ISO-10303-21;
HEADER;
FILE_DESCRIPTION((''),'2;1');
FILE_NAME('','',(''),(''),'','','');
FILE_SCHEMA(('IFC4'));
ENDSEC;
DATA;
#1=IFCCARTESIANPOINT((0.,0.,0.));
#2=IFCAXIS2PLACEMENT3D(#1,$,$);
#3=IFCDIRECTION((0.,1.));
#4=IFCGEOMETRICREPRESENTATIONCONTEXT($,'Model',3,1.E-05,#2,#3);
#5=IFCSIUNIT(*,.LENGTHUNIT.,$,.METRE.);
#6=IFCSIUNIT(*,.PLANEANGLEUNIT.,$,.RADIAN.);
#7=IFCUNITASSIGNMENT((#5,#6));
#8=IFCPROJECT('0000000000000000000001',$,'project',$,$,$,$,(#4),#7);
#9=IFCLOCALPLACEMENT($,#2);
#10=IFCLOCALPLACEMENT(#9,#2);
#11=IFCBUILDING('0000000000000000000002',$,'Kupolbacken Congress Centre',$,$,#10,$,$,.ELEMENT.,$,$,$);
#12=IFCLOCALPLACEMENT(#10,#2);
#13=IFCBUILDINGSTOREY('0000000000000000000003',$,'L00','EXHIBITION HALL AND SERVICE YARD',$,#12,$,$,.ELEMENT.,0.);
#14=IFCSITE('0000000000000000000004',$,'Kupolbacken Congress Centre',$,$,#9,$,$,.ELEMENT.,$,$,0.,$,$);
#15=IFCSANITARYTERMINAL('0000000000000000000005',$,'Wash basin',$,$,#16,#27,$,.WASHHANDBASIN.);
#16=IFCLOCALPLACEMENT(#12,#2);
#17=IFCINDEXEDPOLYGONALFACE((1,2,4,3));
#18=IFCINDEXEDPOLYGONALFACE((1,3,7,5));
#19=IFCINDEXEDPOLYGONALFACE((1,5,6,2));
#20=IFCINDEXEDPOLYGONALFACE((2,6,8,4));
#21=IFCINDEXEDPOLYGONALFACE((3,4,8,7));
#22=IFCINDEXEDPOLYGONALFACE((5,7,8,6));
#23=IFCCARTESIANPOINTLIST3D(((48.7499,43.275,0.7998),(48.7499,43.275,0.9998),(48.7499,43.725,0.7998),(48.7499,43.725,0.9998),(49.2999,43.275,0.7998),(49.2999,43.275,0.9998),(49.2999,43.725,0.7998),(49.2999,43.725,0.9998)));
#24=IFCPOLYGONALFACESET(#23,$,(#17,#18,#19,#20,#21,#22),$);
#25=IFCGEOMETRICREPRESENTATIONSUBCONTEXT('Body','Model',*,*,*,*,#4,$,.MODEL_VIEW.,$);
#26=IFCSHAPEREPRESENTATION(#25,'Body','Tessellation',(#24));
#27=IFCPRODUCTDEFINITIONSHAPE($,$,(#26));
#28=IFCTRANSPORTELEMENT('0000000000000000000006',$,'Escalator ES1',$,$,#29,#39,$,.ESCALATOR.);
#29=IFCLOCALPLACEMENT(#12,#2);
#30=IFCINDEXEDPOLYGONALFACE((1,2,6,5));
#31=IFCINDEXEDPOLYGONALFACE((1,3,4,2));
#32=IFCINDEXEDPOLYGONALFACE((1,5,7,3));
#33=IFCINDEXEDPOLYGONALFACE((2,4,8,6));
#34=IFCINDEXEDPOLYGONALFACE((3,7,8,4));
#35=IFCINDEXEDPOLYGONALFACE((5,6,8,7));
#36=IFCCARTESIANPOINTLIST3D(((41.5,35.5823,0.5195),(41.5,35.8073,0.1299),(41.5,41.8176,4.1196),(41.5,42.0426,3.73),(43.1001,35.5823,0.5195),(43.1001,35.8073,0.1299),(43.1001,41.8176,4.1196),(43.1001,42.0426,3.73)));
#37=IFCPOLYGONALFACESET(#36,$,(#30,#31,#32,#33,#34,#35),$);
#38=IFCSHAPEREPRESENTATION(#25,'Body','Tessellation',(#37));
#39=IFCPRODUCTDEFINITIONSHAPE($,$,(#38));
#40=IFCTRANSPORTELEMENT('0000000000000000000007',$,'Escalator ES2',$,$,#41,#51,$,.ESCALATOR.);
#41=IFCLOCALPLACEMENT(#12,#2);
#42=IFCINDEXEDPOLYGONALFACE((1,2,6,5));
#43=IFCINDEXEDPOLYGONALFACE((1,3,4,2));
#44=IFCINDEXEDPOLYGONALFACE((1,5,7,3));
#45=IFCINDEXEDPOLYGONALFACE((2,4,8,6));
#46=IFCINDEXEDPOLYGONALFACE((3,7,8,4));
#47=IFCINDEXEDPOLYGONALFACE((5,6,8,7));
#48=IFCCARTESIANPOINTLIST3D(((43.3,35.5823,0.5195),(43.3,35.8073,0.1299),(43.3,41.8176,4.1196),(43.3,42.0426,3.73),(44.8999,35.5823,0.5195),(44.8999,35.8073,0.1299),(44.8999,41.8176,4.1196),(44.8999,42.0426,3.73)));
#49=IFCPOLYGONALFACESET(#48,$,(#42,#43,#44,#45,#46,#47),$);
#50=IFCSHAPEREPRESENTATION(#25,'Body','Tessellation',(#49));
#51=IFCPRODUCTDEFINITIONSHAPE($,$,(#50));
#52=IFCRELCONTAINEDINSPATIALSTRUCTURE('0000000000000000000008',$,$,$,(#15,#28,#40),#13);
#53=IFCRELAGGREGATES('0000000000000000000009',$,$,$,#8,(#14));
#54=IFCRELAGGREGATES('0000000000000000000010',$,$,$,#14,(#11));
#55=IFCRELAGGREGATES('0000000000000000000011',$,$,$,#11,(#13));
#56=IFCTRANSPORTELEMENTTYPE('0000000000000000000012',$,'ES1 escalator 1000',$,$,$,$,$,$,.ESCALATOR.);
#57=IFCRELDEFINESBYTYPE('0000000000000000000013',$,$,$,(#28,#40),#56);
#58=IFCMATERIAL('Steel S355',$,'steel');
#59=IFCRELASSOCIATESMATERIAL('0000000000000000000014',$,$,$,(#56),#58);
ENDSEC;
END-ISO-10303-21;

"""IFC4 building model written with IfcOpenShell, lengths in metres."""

from ifc_helpers import new_model, si_unit, direction, frame, origin, origin_2d, place, context, subcontext, project, spatial, polyline, rectangle, outline, extrude, material, type_object, element, save


model = new_model("IFC4")

# Units and contexts
model_context = context("Model", 3, precision=1e-05, world=origin(), true_north=direction((0.0, 1.0)))
body_context = subcontext(model_context, "Body", "Model", "MODEL_VIEW")
ifc_project = project(units=[si_unit("LENGTHUNIT", "METRE"), si_unit("PLANEANGLEUNIT", "RADIAN")], contexts=[model_context])

# Site, building, storey
site_placement = place(None, origin())
site = spatial("IfcSite", under=ifc_project, at=site_placement, Name="Kupolbacken Congress Centre", CompositionType="ELEMENT", RefElevation=0.0)
building_placement = place(site_placement, origin())
building = spatial("IfcBuilding", under=site, at=building_placement, Name="Kupolbacken Congress Centre", CompositionType="ELEMENT")
storey_placement = place(building_placement, origin())
storey = spatial("IfcBuildingStorey", under=building, at=storey_placement, Name="L00", Description="EXHIBITION HALL AND SERVICE YARD", CompositionType="ELEMENT", Elevation=0.0)

# Sanitary terminal
sanitary_terminal_1_placement = place(storey_placement, frame((49.0249, 43.5, 0.7998), z_axis=(0.0, 0.0, 1.0), x_axis=(1.0, 0.0, 0.0)))
element("IfcSanitaryTerminal", 1, at=sanitary_terminal_1_placement, inside=storey, Name="Wash basin", PredefinedType="WASHHANDBASIN", context=body_context, shape_type="SweptSolid", body=[
    extrude(rectangle(XDim=0.55, YDim=0.45, at=origin_2d()), origin(), (0.0, 0.0, 1.0), 0.2),
])

# Transport elements
ifc_material_1 = material(Name="Steel S355", Category="steel")
transport_element_type = type_object("IfcTransportElementType", Name="ES1 escalator 1000", PredefinedType="ESCALATOR", material=ifc_material_1)
transport_element_1_placement = place(storey_placement, frame((41.5, 35.5823, 0.5195), z_axis=(0.0, -0.500012, 0.866018), x_axis=(1.0, 0.0, 0.0)))
element("IfcTransportElement", 2, at=transport_element_1_placement, inside=storey, type_object=transport_element_type, Name="Escalator ES1", PredefinedType="ESCALATOR", context=body_context, shape_type="SweptSolid", body=[
    extrude(outline(polyline([(0.0, 0.0), (1.6001, 0.0), (1.6001, 7.2), (0.0, 7.2), (0.0, 0.0)])), origin(), (0.0, 0.0, -1.0), 0.45),
])
transport_element_2_placement = place(storey_placement, frame((43.3, 35.5823, 0.5195), z_axis=(0.0, -0.500012, 0.866018), x_axis=(1.0, 0.0, 0.0)))
element("IfcTransportElement", 3, at=transport_element_2_placement, inside=storey, type_object=transport_element_type, Name="Escalator ES2", PredefinedType="ESCALATOR", context=body_context, shape_type="SweptSolid", body=[
    extrude(outline(polyline([(0.0, 0.0), (1.5999, 0.0), (1.5999, 7.2), (0.0, 7.2), (0.0, 0.0)])), origin(), (0.0, 0.0, -1.0), 0.45),
])

save(model, "model.ifc")
